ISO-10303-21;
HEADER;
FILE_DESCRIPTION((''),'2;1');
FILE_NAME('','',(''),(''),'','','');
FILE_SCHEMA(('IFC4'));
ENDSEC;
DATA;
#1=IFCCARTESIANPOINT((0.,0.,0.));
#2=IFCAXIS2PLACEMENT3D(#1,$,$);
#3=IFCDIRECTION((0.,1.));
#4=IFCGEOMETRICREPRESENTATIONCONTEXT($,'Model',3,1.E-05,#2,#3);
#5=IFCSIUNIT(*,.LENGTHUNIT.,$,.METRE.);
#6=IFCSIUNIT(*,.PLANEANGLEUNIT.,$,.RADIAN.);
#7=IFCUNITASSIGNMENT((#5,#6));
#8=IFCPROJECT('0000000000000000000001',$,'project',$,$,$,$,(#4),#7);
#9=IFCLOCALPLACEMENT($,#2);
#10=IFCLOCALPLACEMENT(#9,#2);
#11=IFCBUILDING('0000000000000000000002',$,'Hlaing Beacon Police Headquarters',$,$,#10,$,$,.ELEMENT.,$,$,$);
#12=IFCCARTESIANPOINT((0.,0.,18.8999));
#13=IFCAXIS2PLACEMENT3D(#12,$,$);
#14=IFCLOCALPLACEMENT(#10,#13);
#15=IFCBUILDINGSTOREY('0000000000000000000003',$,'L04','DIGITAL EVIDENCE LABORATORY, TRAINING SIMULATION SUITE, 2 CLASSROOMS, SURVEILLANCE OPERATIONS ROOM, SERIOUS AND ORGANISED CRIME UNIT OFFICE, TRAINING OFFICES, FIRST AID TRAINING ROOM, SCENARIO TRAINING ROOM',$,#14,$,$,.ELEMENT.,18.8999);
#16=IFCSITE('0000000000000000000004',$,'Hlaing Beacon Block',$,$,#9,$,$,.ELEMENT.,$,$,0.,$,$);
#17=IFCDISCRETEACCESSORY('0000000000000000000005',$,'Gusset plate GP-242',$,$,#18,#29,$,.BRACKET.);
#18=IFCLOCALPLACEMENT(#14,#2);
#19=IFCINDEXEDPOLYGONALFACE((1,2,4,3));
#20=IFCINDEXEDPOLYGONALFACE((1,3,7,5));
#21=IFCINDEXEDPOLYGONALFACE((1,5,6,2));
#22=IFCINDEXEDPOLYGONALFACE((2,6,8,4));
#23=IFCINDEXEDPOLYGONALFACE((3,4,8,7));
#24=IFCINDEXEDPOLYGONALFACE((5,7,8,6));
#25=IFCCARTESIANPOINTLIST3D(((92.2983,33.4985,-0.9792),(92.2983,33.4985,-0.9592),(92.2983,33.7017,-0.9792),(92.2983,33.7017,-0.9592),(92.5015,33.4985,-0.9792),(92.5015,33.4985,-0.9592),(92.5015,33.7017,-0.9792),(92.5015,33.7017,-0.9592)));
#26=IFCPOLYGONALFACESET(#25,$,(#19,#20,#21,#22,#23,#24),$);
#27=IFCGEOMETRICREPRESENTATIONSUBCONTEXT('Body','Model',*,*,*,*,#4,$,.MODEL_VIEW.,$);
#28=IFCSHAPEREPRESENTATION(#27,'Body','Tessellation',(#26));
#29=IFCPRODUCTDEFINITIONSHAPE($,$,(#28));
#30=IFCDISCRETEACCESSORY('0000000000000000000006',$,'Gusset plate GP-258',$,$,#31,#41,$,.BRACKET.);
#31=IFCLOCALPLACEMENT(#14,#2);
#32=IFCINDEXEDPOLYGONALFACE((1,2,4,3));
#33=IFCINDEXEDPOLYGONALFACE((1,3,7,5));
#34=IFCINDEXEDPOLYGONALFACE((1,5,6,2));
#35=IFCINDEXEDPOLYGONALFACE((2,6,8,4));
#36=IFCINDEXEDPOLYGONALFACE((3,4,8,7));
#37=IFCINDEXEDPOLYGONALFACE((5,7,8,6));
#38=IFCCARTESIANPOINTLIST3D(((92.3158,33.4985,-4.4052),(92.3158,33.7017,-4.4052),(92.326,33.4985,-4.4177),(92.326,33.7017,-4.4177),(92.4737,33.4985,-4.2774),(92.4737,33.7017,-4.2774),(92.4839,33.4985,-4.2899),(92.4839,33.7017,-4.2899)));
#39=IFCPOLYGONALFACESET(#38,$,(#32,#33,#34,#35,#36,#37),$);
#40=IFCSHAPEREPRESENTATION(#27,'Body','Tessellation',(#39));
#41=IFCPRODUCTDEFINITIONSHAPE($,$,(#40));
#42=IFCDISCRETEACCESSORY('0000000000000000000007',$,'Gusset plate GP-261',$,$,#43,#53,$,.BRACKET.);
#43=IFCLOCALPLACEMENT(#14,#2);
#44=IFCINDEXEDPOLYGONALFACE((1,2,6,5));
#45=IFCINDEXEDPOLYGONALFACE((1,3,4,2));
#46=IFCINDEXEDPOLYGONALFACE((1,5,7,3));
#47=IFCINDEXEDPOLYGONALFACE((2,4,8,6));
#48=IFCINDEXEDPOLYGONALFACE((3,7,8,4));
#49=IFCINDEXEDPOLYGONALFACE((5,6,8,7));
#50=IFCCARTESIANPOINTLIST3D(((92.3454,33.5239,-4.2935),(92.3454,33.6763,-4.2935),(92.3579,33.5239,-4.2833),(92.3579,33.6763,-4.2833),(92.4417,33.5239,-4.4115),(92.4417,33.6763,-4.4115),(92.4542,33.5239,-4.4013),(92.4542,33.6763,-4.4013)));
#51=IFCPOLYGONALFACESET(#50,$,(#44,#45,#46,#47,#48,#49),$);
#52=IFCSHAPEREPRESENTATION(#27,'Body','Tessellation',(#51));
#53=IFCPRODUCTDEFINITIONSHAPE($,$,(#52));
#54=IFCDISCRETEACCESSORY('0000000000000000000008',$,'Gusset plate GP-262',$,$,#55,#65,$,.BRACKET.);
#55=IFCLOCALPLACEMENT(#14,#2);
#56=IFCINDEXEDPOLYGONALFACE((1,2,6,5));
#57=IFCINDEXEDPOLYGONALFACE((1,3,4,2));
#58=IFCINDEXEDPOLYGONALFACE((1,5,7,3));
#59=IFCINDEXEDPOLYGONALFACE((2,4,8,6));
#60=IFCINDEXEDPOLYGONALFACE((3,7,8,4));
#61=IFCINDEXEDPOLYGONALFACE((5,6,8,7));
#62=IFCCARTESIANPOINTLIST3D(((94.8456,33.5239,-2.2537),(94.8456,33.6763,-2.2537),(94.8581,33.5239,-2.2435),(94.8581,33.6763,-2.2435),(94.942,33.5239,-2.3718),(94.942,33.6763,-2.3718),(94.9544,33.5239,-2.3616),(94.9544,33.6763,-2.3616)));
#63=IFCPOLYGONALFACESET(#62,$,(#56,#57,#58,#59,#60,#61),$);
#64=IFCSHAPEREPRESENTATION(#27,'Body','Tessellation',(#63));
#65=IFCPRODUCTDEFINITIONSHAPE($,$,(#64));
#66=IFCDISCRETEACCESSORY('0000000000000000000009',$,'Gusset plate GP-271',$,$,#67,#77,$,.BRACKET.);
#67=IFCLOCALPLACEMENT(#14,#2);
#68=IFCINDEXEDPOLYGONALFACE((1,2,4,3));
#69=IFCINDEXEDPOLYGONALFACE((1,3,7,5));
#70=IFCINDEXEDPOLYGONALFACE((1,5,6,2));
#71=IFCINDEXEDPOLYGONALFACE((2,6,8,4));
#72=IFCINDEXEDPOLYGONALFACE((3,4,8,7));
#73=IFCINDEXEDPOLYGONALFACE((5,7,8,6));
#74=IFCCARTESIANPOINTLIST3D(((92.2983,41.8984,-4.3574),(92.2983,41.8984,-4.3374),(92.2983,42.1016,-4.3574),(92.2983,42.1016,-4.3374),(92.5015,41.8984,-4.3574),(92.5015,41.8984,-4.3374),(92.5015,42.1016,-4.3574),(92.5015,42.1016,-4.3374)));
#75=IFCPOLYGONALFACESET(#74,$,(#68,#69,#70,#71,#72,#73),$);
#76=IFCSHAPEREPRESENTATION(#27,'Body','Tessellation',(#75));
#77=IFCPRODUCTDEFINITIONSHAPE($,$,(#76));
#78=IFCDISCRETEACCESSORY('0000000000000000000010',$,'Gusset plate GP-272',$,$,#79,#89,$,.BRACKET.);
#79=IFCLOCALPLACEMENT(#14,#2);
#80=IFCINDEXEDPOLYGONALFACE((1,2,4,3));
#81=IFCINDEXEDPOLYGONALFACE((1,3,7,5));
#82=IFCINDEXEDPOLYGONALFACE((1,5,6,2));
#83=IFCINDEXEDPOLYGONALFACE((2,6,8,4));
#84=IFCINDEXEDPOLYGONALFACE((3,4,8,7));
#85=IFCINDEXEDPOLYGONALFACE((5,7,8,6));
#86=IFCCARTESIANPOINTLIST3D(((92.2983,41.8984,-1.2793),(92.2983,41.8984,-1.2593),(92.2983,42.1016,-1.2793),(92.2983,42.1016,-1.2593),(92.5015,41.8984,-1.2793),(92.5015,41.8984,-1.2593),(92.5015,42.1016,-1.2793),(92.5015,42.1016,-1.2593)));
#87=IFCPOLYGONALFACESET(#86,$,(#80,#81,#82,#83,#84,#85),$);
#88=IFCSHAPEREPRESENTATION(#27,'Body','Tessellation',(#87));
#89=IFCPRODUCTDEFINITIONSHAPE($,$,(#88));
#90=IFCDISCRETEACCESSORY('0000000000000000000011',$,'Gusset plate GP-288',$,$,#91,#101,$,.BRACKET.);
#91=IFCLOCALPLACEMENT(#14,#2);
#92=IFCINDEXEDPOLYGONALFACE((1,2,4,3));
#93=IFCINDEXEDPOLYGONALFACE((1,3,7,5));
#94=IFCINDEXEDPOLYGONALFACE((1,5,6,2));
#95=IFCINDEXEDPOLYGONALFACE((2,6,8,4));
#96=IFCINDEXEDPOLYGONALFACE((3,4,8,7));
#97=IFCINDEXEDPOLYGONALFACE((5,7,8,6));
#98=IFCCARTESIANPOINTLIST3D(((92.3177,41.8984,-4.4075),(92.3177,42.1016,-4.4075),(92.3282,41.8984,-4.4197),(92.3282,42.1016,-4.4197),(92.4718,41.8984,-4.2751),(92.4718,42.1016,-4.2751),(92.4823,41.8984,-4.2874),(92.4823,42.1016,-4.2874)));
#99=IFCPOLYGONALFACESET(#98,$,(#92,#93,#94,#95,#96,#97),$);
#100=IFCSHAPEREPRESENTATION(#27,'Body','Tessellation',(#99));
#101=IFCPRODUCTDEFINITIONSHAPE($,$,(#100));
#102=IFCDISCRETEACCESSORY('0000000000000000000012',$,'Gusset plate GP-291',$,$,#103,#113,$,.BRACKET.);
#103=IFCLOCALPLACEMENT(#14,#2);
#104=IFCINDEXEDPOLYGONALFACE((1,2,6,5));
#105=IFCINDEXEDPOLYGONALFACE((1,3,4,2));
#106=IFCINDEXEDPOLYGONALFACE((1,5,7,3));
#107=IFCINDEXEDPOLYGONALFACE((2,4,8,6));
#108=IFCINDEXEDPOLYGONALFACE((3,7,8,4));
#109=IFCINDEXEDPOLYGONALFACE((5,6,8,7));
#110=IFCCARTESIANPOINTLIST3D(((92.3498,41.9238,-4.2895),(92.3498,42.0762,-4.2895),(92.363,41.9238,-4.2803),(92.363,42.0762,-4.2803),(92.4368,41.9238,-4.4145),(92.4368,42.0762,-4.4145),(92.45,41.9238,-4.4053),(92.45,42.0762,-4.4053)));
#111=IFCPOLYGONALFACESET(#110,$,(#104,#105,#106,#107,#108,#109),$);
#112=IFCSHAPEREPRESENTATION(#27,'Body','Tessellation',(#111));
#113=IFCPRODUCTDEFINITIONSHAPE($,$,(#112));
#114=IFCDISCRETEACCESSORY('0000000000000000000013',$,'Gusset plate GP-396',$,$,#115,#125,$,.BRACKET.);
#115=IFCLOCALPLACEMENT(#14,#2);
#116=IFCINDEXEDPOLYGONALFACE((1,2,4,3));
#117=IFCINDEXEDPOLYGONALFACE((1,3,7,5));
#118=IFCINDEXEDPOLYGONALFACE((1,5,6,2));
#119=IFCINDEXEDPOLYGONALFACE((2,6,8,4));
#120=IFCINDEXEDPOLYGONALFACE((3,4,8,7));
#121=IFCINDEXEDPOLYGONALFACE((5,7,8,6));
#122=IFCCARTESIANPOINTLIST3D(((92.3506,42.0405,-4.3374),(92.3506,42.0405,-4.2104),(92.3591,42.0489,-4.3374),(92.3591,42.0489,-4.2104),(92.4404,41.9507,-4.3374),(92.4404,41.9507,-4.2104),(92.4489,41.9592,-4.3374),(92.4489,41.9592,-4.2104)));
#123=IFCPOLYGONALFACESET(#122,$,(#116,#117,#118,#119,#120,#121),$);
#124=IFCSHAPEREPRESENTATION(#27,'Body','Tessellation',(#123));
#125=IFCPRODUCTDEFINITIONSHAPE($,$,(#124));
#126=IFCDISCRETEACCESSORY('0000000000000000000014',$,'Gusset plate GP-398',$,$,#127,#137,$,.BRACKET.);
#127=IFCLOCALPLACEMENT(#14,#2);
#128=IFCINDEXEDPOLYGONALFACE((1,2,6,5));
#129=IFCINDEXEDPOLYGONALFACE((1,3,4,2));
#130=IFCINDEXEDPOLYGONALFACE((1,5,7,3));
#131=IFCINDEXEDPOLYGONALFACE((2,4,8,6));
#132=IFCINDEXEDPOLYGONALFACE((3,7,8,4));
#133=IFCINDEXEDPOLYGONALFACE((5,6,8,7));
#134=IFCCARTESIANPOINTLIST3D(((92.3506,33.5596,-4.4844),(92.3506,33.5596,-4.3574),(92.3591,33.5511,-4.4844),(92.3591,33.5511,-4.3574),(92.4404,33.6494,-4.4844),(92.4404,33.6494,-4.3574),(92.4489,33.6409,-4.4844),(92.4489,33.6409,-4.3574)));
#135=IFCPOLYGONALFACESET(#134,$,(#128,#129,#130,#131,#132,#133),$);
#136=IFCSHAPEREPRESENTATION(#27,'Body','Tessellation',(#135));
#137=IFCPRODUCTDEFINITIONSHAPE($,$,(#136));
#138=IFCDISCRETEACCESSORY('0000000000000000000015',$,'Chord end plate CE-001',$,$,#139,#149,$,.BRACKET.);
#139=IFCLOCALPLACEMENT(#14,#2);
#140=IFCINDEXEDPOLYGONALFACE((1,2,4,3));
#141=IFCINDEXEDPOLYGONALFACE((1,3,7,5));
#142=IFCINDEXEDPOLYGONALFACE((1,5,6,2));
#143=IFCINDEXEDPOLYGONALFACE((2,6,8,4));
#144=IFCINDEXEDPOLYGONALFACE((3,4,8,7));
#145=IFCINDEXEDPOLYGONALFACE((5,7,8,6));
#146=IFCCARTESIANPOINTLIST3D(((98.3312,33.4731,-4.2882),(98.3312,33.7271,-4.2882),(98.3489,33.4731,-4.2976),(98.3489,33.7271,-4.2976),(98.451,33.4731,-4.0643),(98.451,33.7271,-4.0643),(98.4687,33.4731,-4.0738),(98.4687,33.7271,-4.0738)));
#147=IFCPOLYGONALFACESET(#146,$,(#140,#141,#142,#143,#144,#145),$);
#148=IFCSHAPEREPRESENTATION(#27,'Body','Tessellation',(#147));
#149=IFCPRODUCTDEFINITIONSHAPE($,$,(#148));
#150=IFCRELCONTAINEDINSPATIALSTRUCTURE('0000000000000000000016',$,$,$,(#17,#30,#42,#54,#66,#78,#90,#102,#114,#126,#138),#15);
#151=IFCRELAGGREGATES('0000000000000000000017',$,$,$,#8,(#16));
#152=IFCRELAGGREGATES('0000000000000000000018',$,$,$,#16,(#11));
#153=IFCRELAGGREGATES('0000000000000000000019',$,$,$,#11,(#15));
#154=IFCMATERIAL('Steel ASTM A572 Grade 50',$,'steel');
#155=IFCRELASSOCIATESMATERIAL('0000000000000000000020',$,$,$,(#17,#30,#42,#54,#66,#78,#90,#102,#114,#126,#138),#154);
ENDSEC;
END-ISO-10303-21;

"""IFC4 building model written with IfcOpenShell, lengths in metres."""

from ifc_helpers import new_model, si_unit, direction, frame, origin, origin_2d, place, context, subcontext, project, spatial, rectangle, extrude, material, element, save


model = new_model("IFC4")

# Units and contexts
model_context = context("Model", 3, precision=1e-05, world=origin(), true_north=direction((0.0, 1.0)))
body_context = subcontext(model_context, "Body", "Model", "MODEL_VIEW")
ifc_project = project(units=[si_unit("LENGTHUNIT", "METRE"), si_unit("PLANEANGLEUNIT", "RADIAN")], contexts=[model_context])

# Site, building, storey
site_placement = place(None, origin())
site = spatial("IfcSite", under=ifc_project, at=site_placement, Name="Hlaing Beacon Block", CompositionType="ELEMENT", RefElevation=0.0)
building_placement = place(site_placement, origin())
building = spatial("IfcBuilding", under=site, at=building_placement, Name="Hlaing Beacon Police Headquarters", CompositionType="ELEMENT")
storey_placement = place(building_placement, frame((0.0, 0.0, 18.8999)))
storey = spatial("IfcBuildingStorey", under=building, at=storey_placement, Name="L04", Description="DIGITAL EVIDENCE LABORATORY, TRAINING SIMULATION SUITE, 2 CLASSROOMS, SURVEILLANCE OPERATIONS ROOM, SERIOUS AND ORGANISED CRIME UNIT OFFICE, TRAINING OFFICES, FIRST AID TRAINING ROOM, SCENARIO TRAINING ROOM", CompositionType="ELEMENT", Elevation=18.8999)

# Discrete accessories
ifc_material_1 = material(Name="Steel ASTM A572 Grade 50", Category="steel")
for number, where, z_axis, x_axis, name in (
    (1, (92.3999, 33.6001, -0.9792), (0.0, 0.0, 1.0), (1.0, 0.0, 0.0), "Gusset plate GP-242"),
):
    element("IfcDiscreteAccessory", number, at=place(storey_placement, frame(where, z_axis=z_axis, x_axis=x_axis)), inside=storey, material=ifc_material_1, Name=name, PredefinedType="BRACKET", context=body_context, shape_type="SweptSolid", body=[
        extrude(rectangle(XDim=0.2031, YDim=0.2031, at=origin_2d()), origin(), (0.0, 0.0, 1.0), 0.02),
    ])
discrete_accessory_1_placement = place(storey_placement, frame((92.3948, 33.6001, -4.3413), z_axis=(0.629087, 0.0, -0.777335), x_axis=(0.0, 1.0, 0.0)))
element("IfcDiscreteAccessory", 2, at=discrete_accessory_1_placement, inside=storey, material=ifc_material_1, Name="Gusset plate GP-258", PredefinedType="BRACKET", context=body_context, shape_type="SweptSolid", body=[
    extrude(rectangle(XDim=0.2031, YDim=0.2031, at=origin_2d()), origin(), (0.0, 0.0, 1.0), 0.0161),
])
for number, where, z_axis, x_axis, name in (
    (3, (92.406, 33.6001, -4.3423), (-0.774816, 0.0, -0.632187), (0.0, -1.0, 0.0), "Gusset plate GP-261"),
    (4, (94.8938, 33.6001, -2.3127), (0.774816, 0.0, 0.632187), (0.0, 1.0, 0.0), "Gusset plate GP-262"),
):
    element("IfcDiscreteAccessory", number, at=place(storey_placement, frame(where, z_axis=z_axis, x_axis=x_axis)), inside=storey, material=ifc_material_1, Name=name, PredefinedType="BRACKET", context=body_context, shape_type="SweptSolid", body=[
        extrude(rectangle(XDim=0.1523, YDim=0.1523, at=origin_2d()), origin(), (0.0, 0.0, 1.0), 0.0161),
    ])
for number, where, z_axis, x_axis, name in (
    (5, (92.3999, 42.0, -4.3374), (0.0, 0.0, -1.0), (1.0, 0.0, 0.0), "Gusset plate GP-271"),
    (6, (92.3999, 42.0, -1.2793), (0.0, 0.0, 1.0), (1.0, 0.0, 0.0), "Gusset plate GP-272"),
):
    element("IfcDiscreteAccessory", number, at=place(storey_placement, frame(where, z_axis=z_axis, x_axis=x_axis)), inside=storey, material=ifc_material_1, Name=name, PredefinedType="BRACKET", context=body_context, shape_type="SweptSolid", body=[
        extrude(rectangle(XDim=0.2031, YDim=0.2031, at=origin_2d()), origin(), (0.0, 0.0, 1.0), 0.02),
    ])
discrete_accessory_2_placement = place(storey_placement, frame((92.3948, 42.0, -4.3413), z_axis=(0.651561, 0.0, -0.758596), x_axis=(0.0, 1.0, 0.0)))
element("IfcDiscreteAccessory", 7, at=discrete_accessory_2_placement, inside=storey, material=ifc_material_1, Name="Gusset plate GP-288", PredefinedType="BRACKET", context=body_context, shape_type="SweptSolid", body=[
    extrude(rectangle(XDim=0.2031, YDim=0.2031, at=origin_2d()), origin(), (0.0, 0.0, 1.0), 0.0161),
])
discrete_accessory_3_placement = place(storey_placement, frame((92.4065, 42.0, -4.3428), z_axis=(-0.820773, 0.0, -0.571255), x_axis=(0.0, -1.0, 0.0)))
element("IfcDiscreteAccessory", 8, at=discrete_accessory_3_placement, inside=storey, material=ifc_material_1, Name="Gusset plate GP-291", PredefinedType="BRACKET", context=body_context, shape_type="SweptSolid", body=[
    extrude(rectangle(XDim=0.1523, YDim=0.1523, at=origin_2d()), origin(), (0.0, 0.0, 1.0), 0.0161),
])
for number, where, z_axis, x_axis, name in (
    (9, (92.3955, 41.9956, -4.2739), (0.707107, 0.707107, 0.0), (-0.707107, 0.707107, 0.0), "Gusset plate GP-396"),
    (10, (92.3955, 33.6045, -4.4209), (0.707107, -0.707107, 0.0), (0.707107, 0.707107, 0.0), "Gusset plate GP-398"),
):
    element("IfcDiscreteAccessory", number, at=place(storey_placement, frame(where, z_axis=z_axis, x_axis=x_axis)), inside=storey, material=ifc_material_1, Name=name, PredefinedType="BRACKET", context=body_context, shape_type="SweptSolid", body=[
        extrude(rectangle(XDim=0.127, YDim=0.127, at=origin_2d()), origin(), (0.0, 0.0, 1.0), 0.012),
    ])
discrete_accessory_4_placement = place(storey_placement, frame((98.3911, 33.6001, -4.1763), z_axis=(0.88164, 0.0, -0.471923), x_axis=(0.0, 1.0, 0.0)))
element("IfcDiscreteAccessory", 11, at=discrete_accessory_4_placement, inside=storey, material=ifc_material_1, Name="Chord end plate CE-001", PredefinedType="BRACKET", context=body_context, shape_type="SweptSolid", body=[
    extrude(rectangle(XDim=0.2539, YDim=0.2539, at=origin_2d()), origin(), (0.0, 0.0, 1.0), 0.02),
])

save(model, "model.ifc")
